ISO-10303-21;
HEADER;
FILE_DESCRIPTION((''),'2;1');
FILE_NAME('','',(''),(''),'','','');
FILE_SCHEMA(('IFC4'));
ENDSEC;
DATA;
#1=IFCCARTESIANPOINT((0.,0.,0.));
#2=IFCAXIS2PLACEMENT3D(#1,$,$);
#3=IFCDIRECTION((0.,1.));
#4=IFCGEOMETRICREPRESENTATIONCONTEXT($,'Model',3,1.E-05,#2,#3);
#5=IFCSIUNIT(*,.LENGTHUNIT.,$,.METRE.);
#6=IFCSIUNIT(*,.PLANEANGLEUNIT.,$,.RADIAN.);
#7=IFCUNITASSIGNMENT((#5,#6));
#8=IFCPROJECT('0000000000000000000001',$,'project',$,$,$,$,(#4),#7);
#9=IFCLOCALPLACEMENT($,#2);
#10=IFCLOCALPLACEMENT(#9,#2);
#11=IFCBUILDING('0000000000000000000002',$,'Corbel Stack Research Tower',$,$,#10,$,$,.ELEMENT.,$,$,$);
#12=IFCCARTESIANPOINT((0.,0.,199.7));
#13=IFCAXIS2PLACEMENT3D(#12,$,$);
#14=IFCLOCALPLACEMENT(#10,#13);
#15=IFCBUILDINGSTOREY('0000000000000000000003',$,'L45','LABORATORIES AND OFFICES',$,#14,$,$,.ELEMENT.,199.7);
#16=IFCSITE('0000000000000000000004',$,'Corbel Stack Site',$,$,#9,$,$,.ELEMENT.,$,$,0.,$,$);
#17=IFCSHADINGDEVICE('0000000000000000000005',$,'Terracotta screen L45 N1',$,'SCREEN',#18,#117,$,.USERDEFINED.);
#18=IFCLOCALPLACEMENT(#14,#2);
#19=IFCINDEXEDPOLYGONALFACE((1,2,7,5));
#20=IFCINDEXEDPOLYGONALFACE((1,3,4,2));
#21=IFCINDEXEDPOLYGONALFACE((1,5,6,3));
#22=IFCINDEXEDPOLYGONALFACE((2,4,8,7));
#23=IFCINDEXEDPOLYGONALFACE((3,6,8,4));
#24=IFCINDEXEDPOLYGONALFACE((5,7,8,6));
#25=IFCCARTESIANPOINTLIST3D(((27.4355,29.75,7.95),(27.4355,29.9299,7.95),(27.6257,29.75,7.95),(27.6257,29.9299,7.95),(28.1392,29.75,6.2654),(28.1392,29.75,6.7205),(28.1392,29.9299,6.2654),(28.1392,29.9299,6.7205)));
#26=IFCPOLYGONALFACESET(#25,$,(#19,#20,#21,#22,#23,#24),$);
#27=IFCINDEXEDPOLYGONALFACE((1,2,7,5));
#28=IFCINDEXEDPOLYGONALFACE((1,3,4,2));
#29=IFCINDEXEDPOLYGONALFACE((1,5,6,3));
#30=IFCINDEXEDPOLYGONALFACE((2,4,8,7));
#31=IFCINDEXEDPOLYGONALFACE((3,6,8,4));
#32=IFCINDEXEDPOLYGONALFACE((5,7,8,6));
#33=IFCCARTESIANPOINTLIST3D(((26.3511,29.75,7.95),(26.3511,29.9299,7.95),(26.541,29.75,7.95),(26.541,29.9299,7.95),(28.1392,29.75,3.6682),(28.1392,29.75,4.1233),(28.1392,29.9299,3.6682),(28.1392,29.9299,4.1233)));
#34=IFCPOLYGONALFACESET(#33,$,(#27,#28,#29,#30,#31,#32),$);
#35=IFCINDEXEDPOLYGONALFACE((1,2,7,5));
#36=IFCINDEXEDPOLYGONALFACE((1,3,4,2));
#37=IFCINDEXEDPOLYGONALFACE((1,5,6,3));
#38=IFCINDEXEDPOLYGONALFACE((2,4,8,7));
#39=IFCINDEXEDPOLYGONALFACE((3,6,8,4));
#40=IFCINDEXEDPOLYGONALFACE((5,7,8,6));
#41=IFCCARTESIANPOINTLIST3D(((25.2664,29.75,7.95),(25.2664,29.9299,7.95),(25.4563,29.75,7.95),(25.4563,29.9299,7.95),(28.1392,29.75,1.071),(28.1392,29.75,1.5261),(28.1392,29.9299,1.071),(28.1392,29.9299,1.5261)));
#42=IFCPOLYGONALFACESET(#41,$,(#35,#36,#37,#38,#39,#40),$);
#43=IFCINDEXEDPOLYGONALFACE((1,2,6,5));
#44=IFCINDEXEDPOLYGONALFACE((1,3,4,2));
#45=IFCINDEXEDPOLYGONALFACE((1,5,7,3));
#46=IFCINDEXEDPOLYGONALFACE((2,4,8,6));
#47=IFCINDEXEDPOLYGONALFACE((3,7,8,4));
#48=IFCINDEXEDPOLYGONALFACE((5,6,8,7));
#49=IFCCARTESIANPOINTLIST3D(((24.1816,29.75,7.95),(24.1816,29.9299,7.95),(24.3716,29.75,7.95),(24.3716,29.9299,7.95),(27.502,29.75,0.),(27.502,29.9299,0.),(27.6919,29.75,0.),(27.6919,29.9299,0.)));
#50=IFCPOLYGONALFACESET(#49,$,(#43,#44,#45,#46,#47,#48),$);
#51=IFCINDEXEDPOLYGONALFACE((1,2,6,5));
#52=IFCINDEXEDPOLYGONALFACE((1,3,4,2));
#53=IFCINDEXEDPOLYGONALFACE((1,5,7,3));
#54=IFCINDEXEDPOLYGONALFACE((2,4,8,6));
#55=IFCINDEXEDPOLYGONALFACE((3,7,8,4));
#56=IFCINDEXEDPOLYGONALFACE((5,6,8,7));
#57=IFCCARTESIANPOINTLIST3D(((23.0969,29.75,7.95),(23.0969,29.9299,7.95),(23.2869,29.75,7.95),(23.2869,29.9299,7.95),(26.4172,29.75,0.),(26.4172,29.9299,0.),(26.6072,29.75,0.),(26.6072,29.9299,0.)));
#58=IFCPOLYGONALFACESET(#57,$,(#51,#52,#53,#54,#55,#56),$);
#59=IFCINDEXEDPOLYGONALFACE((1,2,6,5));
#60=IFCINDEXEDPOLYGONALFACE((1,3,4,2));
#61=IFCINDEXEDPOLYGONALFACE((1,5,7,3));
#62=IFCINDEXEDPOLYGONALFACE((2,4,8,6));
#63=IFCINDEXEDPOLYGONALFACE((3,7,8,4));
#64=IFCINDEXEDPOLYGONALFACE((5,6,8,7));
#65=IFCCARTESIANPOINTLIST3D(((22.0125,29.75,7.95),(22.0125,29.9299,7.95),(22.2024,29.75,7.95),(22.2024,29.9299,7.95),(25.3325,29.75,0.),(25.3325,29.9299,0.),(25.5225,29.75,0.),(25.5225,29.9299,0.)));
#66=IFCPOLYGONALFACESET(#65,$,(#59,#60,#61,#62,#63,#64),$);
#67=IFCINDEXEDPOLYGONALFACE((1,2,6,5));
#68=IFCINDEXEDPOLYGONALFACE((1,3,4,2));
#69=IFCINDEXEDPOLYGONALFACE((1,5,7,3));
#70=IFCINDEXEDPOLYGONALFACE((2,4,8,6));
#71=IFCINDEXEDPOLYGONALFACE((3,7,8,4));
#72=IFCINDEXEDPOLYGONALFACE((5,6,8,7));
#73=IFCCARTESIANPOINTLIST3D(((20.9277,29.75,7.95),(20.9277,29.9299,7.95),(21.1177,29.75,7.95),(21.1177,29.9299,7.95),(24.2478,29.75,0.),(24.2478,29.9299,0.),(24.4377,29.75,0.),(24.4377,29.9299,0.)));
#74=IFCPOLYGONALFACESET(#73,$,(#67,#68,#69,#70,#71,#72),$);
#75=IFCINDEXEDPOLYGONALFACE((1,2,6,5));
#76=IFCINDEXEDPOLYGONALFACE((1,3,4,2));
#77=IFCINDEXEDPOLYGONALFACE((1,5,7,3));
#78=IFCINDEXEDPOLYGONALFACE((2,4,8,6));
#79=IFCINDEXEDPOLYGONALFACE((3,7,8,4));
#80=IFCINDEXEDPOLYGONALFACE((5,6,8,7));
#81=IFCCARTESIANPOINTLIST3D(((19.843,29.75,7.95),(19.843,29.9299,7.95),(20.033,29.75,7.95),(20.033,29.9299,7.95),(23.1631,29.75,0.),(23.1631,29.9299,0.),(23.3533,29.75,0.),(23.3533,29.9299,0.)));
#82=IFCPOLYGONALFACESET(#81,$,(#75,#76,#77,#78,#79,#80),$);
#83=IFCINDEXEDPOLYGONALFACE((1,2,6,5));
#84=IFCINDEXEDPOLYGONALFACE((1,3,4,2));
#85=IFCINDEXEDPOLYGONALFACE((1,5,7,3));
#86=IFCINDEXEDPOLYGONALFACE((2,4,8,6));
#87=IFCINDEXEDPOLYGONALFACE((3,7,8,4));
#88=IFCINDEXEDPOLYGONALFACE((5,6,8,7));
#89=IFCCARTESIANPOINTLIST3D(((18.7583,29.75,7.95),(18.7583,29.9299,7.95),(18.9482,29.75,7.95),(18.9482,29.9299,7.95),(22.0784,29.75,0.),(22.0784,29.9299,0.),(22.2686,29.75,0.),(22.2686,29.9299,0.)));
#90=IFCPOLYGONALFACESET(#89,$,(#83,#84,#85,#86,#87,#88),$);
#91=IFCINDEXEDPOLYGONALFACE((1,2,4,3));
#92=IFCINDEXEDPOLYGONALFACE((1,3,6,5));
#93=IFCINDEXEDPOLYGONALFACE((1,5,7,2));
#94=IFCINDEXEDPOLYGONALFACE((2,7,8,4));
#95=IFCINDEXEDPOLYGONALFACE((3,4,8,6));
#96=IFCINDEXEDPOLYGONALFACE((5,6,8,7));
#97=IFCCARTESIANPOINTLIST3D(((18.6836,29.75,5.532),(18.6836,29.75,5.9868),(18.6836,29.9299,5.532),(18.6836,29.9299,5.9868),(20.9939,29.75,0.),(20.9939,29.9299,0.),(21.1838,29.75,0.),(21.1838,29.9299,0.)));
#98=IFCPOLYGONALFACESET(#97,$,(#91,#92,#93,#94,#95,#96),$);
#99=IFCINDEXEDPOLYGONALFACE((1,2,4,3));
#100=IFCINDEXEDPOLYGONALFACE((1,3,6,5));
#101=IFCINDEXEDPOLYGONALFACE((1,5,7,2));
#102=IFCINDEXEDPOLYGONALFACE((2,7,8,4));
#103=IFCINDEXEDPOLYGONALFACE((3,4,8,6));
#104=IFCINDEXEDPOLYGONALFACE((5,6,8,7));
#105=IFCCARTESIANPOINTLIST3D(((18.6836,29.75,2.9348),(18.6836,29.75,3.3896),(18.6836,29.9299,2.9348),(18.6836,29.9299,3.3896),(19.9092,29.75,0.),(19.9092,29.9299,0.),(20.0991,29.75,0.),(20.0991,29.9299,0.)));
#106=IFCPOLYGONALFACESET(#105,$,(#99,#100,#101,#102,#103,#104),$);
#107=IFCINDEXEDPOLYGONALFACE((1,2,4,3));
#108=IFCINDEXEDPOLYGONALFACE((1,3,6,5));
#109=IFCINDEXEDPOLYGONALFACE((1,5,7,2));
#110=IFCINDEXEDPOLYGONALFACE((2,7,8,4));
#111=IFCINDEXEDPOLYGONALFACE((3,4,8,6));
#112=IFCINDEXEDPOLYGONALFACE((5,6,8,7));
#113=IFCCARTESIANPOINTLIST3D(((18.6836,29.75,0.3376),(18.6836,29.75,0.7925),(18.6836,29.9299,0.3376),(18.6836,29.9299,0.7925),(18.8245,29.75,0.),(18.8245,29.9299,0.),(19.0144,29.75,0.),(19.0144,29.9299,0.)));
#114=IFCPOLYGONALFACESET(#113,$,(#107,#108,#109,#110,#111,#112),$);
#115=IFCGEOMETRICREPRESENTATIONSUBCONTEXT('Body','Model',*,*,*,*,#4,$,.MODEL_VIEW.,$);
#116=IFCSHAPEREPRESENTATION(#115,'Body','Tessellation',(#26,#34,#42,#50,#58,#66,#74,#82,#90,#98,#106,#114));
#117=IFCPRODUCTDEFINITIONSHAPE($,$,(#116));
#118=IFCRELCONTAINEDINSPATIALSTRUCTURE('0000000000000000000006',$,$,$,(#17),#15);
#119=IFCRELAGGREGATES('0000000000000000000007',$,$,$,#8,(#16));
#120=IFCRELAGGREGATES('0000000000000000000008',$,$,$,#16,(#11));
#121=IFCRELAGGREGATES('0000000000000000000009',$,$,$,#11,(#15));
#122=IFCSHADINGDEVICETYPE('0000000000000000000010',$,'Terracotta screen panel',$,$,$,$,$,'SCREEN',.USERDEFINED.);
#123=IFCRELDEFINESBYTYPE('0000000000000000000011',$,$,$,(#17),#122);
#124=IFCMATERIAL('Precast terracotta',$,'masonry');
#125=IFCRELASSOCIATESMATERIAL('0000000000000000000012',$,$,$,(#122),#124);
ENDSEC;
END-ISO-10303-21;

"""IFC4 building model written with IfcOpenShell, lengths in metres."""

from ifc_helpers import new_model, si_unit, direction, frame, origin, place, context, subcontext, project, spatial, polyline, outline, extrude, source, transform, mapped, material, type_object, element, save


model = new_model("IFC4")

# Units and contexts
model_context = context("Model", 3, precision=1e-05, world=origin(), true_north=direction((0.0, 1.0)))
body_context = subcontext(model_context, "Body", "Model", "MODEL_VIEW")
ifc_project = project(units=[si_unit("LENGTHUNIT", "METRE"), si_unit("PLANEANGLEUNIT", "RADIAN")], contexts=[model_context])

# Site, building, storey
site_placement = place(None, origin())
site = spatial("IfcSite", under=ifc_project, at=site_placement, Name="Corbel Stack Site", CompositionType="ELEMENT", RefElevation=0.0)
building_placement = place(site_placement, origin())
building = spatial("IfcBuilding", under=site, at=building_placement, Name="Corbel Stack Research Tower", CompositionType="ELEMENT")
storey_placement = place(building_placement, frame((0.0, 0.0, 199.7)))
storey = spatial("IfcBuildingStorey", under=building, at=storey_placement, Name="L45", Description="LABORATORIES AND OFFICES", CompositionType="ELEMENT", Elevation=199.7)

# Shading device
ifc_material_1 = material(Name="Precast terracotta", Category="masonry")
shading_device_type = type_object("IfcShadingDeviceType", Name="Terracotta screen panel", ElementType="SCREEN", PredefinedType="USERDEFINED", material=ifc_material_1)
shared_shape_1 = source(origin(), body_context, "Body", "SweptSolid", [
    extrude(outline(polyline([(0.7036, 7.95), (0.5134, 7.95), (0.0, 6.7205), (0.0, 6.2654), (0.7036, 7.95)])), frame((0.0, 0.0, 0.0), z_axis=(0.0, -1.0, 0.0), x_axis=(1.0, 0.0, 0.0)), (0.0, 0.0, 1.0), 0.1799),
    extrude(outline(polyline([(1.7881, 7.95), (1.5981, 7.95), (0.0, 4.1233), (0.0, 3.6682), (1.7881, 7.95)])), frame((0.0, 0.0, 0.0), z_axis=(0.0, -1.0, 0.0), x_axis=(1.0, 0.0, 0.0)), (0.0, 0.0, 1.0), 0.1799),
    extrude(outline(polyline([(2.8728, 7.95), (2.6829, 7.95), (0.0, 1.5261), (0.0, 1.071), (2.8728, 7.95)])), frame((0.0, 0.0, 0.0), z_axis=(0.0, -1.0, 0.0), x_axis=(1.0, 0.0, 0.0)), (0.0, 0.0, 1.0), 0.1799),
    extrude(outline(polyline([(0.6372, 0.0), (3.9575, 7.95), (3.7676, 7.95), (0.4473, 0.0), (0.6372, 0.0)])), frame((0.0, 0.0, 0.0), z_axis=(0.0, -1.0, 0.0), x_axis=(1.0, 0.0, 0.0)), (0.0, 0.0, 1.0), 0.1799),
    extrude(outline(polyline([(1.7219, 0.0), (5.0422, 7.95), (4.8523, 7.95), (1.532, 0.0), (1.7219, 0.0)])), frame((0.0, 0.0, 0.0), z_axis=(0.0, -1.0, 0.0), x_axis=(1.0, 0.0, 0.0)), (0.0, 0.0, 1.0), 0.1799),
    extrude(outline(polyline([(2.8066, 0.0), (6.1267, 7.95), (5.9368, 7.95), (2.6167, 0.0), (2.8066, 0.0)])), frame((0.0, 0.0, 0.0), z_axis=(0.0, -1.0, 0.0), x_axis=(1.0, 0.0, 0.0)), (0.0, 0.0, 1.0), 0.1799),
    extrude(outline(polyline([(3.8914, 0.0), (7.2114, 7.95), (7.0215, 7.95), (3.7014, 0.0), (3.8914, 0.0)])), frame((0.0, 0.0, 0.0), z_axis=(0.0, -1.0, 0.0), x_axis=(1.0, 0.0, 0.0)), (0.0, 0.0, 1.0), 0.1799),
    extrude(outline(polyline([(4.9761, 0.0), (8.2961, 7.95), (8.1062, 7.95), (4.7859, 0.0), (4.9761, 0.0)])), frame((0.0, 0.0, 0.0), z_axis=(0.0, -1.0, 0.0), x_axis=(1.0, 0.0, 0.0)), (0.0, 0.0, 1.0), 0.1799),
    extrude(outline(polyline([(6.0608, 0.0), (9.3809, 7.95), (9.1909, 7.95), (5.8706, 0.0), (6.0608, 0.0)])), frame((0.0, 0.0, 0.0), z_axis=(0.0, -1.0, 0.0), x_axis=(1.0, 0.0, 0.0)), (0.0, 0.0, 1.0), 0.1799),
    extrude(outline(polyline([(7.1453, 0.0), (9.4556, 5.532), (9.4556, 5.9868), (6.9553, 0.0), (7.1453, 0.0)])), frame((0.0, 0.0, 0.0), z_axis=(0.0, -1.0, 0.0), x_axis=(1.0, 0.0, 0.0)), (0.0, 0.0, 1.0), 0.1799),
    extrude(outline(polyline([(8.23, 0.0), (9.4556, 2.9348), (9.4556, 3.3896), (8.04, 0.0), (8.23, 0.0)])), frame((0.0, 0.0, 0.0), z_axis=(0.0, -1.0, 0.0), x_axis=(1.0, 0.0, 0.0)), (0.0, 0.0, 1.0), 0.1799),
    extrude(outline(polyline([(9.3147, 0.0), (9.4556, 0.3376), (9.4556, 0.7925), (9.1248, 0.0), (9.3147, 0.0)])), frame((0.0, 0.0, 0.0), z_axis=(0.0, -1.0, 0.0), x_axis=(1.0, 0.0, 0.0)), (0.0, 0.0, 1.0), 0.1799),
])
shading_device_1_placement = place(storey_placement, frame((28.1392, 29.75, 0.0), z_axis=(0.0, 0.0, 1.0), x_axis=(-1.0, 0.0, 0.0)))
element("IfcShadingDevice", 1, at=shading_device_1_placement, inside=storey, type_object=shading_device_type, Name="Terracotta screen L45 N1", ObjectType="SCREEN", PredefinedType="USERDEFINED", context=body_context, shape_type="MappedRepresentation", body=[
    mapped(shared_shape_1, transform((0.0, 0.0, 0.0))),
])

save(model, "model.ifc")
